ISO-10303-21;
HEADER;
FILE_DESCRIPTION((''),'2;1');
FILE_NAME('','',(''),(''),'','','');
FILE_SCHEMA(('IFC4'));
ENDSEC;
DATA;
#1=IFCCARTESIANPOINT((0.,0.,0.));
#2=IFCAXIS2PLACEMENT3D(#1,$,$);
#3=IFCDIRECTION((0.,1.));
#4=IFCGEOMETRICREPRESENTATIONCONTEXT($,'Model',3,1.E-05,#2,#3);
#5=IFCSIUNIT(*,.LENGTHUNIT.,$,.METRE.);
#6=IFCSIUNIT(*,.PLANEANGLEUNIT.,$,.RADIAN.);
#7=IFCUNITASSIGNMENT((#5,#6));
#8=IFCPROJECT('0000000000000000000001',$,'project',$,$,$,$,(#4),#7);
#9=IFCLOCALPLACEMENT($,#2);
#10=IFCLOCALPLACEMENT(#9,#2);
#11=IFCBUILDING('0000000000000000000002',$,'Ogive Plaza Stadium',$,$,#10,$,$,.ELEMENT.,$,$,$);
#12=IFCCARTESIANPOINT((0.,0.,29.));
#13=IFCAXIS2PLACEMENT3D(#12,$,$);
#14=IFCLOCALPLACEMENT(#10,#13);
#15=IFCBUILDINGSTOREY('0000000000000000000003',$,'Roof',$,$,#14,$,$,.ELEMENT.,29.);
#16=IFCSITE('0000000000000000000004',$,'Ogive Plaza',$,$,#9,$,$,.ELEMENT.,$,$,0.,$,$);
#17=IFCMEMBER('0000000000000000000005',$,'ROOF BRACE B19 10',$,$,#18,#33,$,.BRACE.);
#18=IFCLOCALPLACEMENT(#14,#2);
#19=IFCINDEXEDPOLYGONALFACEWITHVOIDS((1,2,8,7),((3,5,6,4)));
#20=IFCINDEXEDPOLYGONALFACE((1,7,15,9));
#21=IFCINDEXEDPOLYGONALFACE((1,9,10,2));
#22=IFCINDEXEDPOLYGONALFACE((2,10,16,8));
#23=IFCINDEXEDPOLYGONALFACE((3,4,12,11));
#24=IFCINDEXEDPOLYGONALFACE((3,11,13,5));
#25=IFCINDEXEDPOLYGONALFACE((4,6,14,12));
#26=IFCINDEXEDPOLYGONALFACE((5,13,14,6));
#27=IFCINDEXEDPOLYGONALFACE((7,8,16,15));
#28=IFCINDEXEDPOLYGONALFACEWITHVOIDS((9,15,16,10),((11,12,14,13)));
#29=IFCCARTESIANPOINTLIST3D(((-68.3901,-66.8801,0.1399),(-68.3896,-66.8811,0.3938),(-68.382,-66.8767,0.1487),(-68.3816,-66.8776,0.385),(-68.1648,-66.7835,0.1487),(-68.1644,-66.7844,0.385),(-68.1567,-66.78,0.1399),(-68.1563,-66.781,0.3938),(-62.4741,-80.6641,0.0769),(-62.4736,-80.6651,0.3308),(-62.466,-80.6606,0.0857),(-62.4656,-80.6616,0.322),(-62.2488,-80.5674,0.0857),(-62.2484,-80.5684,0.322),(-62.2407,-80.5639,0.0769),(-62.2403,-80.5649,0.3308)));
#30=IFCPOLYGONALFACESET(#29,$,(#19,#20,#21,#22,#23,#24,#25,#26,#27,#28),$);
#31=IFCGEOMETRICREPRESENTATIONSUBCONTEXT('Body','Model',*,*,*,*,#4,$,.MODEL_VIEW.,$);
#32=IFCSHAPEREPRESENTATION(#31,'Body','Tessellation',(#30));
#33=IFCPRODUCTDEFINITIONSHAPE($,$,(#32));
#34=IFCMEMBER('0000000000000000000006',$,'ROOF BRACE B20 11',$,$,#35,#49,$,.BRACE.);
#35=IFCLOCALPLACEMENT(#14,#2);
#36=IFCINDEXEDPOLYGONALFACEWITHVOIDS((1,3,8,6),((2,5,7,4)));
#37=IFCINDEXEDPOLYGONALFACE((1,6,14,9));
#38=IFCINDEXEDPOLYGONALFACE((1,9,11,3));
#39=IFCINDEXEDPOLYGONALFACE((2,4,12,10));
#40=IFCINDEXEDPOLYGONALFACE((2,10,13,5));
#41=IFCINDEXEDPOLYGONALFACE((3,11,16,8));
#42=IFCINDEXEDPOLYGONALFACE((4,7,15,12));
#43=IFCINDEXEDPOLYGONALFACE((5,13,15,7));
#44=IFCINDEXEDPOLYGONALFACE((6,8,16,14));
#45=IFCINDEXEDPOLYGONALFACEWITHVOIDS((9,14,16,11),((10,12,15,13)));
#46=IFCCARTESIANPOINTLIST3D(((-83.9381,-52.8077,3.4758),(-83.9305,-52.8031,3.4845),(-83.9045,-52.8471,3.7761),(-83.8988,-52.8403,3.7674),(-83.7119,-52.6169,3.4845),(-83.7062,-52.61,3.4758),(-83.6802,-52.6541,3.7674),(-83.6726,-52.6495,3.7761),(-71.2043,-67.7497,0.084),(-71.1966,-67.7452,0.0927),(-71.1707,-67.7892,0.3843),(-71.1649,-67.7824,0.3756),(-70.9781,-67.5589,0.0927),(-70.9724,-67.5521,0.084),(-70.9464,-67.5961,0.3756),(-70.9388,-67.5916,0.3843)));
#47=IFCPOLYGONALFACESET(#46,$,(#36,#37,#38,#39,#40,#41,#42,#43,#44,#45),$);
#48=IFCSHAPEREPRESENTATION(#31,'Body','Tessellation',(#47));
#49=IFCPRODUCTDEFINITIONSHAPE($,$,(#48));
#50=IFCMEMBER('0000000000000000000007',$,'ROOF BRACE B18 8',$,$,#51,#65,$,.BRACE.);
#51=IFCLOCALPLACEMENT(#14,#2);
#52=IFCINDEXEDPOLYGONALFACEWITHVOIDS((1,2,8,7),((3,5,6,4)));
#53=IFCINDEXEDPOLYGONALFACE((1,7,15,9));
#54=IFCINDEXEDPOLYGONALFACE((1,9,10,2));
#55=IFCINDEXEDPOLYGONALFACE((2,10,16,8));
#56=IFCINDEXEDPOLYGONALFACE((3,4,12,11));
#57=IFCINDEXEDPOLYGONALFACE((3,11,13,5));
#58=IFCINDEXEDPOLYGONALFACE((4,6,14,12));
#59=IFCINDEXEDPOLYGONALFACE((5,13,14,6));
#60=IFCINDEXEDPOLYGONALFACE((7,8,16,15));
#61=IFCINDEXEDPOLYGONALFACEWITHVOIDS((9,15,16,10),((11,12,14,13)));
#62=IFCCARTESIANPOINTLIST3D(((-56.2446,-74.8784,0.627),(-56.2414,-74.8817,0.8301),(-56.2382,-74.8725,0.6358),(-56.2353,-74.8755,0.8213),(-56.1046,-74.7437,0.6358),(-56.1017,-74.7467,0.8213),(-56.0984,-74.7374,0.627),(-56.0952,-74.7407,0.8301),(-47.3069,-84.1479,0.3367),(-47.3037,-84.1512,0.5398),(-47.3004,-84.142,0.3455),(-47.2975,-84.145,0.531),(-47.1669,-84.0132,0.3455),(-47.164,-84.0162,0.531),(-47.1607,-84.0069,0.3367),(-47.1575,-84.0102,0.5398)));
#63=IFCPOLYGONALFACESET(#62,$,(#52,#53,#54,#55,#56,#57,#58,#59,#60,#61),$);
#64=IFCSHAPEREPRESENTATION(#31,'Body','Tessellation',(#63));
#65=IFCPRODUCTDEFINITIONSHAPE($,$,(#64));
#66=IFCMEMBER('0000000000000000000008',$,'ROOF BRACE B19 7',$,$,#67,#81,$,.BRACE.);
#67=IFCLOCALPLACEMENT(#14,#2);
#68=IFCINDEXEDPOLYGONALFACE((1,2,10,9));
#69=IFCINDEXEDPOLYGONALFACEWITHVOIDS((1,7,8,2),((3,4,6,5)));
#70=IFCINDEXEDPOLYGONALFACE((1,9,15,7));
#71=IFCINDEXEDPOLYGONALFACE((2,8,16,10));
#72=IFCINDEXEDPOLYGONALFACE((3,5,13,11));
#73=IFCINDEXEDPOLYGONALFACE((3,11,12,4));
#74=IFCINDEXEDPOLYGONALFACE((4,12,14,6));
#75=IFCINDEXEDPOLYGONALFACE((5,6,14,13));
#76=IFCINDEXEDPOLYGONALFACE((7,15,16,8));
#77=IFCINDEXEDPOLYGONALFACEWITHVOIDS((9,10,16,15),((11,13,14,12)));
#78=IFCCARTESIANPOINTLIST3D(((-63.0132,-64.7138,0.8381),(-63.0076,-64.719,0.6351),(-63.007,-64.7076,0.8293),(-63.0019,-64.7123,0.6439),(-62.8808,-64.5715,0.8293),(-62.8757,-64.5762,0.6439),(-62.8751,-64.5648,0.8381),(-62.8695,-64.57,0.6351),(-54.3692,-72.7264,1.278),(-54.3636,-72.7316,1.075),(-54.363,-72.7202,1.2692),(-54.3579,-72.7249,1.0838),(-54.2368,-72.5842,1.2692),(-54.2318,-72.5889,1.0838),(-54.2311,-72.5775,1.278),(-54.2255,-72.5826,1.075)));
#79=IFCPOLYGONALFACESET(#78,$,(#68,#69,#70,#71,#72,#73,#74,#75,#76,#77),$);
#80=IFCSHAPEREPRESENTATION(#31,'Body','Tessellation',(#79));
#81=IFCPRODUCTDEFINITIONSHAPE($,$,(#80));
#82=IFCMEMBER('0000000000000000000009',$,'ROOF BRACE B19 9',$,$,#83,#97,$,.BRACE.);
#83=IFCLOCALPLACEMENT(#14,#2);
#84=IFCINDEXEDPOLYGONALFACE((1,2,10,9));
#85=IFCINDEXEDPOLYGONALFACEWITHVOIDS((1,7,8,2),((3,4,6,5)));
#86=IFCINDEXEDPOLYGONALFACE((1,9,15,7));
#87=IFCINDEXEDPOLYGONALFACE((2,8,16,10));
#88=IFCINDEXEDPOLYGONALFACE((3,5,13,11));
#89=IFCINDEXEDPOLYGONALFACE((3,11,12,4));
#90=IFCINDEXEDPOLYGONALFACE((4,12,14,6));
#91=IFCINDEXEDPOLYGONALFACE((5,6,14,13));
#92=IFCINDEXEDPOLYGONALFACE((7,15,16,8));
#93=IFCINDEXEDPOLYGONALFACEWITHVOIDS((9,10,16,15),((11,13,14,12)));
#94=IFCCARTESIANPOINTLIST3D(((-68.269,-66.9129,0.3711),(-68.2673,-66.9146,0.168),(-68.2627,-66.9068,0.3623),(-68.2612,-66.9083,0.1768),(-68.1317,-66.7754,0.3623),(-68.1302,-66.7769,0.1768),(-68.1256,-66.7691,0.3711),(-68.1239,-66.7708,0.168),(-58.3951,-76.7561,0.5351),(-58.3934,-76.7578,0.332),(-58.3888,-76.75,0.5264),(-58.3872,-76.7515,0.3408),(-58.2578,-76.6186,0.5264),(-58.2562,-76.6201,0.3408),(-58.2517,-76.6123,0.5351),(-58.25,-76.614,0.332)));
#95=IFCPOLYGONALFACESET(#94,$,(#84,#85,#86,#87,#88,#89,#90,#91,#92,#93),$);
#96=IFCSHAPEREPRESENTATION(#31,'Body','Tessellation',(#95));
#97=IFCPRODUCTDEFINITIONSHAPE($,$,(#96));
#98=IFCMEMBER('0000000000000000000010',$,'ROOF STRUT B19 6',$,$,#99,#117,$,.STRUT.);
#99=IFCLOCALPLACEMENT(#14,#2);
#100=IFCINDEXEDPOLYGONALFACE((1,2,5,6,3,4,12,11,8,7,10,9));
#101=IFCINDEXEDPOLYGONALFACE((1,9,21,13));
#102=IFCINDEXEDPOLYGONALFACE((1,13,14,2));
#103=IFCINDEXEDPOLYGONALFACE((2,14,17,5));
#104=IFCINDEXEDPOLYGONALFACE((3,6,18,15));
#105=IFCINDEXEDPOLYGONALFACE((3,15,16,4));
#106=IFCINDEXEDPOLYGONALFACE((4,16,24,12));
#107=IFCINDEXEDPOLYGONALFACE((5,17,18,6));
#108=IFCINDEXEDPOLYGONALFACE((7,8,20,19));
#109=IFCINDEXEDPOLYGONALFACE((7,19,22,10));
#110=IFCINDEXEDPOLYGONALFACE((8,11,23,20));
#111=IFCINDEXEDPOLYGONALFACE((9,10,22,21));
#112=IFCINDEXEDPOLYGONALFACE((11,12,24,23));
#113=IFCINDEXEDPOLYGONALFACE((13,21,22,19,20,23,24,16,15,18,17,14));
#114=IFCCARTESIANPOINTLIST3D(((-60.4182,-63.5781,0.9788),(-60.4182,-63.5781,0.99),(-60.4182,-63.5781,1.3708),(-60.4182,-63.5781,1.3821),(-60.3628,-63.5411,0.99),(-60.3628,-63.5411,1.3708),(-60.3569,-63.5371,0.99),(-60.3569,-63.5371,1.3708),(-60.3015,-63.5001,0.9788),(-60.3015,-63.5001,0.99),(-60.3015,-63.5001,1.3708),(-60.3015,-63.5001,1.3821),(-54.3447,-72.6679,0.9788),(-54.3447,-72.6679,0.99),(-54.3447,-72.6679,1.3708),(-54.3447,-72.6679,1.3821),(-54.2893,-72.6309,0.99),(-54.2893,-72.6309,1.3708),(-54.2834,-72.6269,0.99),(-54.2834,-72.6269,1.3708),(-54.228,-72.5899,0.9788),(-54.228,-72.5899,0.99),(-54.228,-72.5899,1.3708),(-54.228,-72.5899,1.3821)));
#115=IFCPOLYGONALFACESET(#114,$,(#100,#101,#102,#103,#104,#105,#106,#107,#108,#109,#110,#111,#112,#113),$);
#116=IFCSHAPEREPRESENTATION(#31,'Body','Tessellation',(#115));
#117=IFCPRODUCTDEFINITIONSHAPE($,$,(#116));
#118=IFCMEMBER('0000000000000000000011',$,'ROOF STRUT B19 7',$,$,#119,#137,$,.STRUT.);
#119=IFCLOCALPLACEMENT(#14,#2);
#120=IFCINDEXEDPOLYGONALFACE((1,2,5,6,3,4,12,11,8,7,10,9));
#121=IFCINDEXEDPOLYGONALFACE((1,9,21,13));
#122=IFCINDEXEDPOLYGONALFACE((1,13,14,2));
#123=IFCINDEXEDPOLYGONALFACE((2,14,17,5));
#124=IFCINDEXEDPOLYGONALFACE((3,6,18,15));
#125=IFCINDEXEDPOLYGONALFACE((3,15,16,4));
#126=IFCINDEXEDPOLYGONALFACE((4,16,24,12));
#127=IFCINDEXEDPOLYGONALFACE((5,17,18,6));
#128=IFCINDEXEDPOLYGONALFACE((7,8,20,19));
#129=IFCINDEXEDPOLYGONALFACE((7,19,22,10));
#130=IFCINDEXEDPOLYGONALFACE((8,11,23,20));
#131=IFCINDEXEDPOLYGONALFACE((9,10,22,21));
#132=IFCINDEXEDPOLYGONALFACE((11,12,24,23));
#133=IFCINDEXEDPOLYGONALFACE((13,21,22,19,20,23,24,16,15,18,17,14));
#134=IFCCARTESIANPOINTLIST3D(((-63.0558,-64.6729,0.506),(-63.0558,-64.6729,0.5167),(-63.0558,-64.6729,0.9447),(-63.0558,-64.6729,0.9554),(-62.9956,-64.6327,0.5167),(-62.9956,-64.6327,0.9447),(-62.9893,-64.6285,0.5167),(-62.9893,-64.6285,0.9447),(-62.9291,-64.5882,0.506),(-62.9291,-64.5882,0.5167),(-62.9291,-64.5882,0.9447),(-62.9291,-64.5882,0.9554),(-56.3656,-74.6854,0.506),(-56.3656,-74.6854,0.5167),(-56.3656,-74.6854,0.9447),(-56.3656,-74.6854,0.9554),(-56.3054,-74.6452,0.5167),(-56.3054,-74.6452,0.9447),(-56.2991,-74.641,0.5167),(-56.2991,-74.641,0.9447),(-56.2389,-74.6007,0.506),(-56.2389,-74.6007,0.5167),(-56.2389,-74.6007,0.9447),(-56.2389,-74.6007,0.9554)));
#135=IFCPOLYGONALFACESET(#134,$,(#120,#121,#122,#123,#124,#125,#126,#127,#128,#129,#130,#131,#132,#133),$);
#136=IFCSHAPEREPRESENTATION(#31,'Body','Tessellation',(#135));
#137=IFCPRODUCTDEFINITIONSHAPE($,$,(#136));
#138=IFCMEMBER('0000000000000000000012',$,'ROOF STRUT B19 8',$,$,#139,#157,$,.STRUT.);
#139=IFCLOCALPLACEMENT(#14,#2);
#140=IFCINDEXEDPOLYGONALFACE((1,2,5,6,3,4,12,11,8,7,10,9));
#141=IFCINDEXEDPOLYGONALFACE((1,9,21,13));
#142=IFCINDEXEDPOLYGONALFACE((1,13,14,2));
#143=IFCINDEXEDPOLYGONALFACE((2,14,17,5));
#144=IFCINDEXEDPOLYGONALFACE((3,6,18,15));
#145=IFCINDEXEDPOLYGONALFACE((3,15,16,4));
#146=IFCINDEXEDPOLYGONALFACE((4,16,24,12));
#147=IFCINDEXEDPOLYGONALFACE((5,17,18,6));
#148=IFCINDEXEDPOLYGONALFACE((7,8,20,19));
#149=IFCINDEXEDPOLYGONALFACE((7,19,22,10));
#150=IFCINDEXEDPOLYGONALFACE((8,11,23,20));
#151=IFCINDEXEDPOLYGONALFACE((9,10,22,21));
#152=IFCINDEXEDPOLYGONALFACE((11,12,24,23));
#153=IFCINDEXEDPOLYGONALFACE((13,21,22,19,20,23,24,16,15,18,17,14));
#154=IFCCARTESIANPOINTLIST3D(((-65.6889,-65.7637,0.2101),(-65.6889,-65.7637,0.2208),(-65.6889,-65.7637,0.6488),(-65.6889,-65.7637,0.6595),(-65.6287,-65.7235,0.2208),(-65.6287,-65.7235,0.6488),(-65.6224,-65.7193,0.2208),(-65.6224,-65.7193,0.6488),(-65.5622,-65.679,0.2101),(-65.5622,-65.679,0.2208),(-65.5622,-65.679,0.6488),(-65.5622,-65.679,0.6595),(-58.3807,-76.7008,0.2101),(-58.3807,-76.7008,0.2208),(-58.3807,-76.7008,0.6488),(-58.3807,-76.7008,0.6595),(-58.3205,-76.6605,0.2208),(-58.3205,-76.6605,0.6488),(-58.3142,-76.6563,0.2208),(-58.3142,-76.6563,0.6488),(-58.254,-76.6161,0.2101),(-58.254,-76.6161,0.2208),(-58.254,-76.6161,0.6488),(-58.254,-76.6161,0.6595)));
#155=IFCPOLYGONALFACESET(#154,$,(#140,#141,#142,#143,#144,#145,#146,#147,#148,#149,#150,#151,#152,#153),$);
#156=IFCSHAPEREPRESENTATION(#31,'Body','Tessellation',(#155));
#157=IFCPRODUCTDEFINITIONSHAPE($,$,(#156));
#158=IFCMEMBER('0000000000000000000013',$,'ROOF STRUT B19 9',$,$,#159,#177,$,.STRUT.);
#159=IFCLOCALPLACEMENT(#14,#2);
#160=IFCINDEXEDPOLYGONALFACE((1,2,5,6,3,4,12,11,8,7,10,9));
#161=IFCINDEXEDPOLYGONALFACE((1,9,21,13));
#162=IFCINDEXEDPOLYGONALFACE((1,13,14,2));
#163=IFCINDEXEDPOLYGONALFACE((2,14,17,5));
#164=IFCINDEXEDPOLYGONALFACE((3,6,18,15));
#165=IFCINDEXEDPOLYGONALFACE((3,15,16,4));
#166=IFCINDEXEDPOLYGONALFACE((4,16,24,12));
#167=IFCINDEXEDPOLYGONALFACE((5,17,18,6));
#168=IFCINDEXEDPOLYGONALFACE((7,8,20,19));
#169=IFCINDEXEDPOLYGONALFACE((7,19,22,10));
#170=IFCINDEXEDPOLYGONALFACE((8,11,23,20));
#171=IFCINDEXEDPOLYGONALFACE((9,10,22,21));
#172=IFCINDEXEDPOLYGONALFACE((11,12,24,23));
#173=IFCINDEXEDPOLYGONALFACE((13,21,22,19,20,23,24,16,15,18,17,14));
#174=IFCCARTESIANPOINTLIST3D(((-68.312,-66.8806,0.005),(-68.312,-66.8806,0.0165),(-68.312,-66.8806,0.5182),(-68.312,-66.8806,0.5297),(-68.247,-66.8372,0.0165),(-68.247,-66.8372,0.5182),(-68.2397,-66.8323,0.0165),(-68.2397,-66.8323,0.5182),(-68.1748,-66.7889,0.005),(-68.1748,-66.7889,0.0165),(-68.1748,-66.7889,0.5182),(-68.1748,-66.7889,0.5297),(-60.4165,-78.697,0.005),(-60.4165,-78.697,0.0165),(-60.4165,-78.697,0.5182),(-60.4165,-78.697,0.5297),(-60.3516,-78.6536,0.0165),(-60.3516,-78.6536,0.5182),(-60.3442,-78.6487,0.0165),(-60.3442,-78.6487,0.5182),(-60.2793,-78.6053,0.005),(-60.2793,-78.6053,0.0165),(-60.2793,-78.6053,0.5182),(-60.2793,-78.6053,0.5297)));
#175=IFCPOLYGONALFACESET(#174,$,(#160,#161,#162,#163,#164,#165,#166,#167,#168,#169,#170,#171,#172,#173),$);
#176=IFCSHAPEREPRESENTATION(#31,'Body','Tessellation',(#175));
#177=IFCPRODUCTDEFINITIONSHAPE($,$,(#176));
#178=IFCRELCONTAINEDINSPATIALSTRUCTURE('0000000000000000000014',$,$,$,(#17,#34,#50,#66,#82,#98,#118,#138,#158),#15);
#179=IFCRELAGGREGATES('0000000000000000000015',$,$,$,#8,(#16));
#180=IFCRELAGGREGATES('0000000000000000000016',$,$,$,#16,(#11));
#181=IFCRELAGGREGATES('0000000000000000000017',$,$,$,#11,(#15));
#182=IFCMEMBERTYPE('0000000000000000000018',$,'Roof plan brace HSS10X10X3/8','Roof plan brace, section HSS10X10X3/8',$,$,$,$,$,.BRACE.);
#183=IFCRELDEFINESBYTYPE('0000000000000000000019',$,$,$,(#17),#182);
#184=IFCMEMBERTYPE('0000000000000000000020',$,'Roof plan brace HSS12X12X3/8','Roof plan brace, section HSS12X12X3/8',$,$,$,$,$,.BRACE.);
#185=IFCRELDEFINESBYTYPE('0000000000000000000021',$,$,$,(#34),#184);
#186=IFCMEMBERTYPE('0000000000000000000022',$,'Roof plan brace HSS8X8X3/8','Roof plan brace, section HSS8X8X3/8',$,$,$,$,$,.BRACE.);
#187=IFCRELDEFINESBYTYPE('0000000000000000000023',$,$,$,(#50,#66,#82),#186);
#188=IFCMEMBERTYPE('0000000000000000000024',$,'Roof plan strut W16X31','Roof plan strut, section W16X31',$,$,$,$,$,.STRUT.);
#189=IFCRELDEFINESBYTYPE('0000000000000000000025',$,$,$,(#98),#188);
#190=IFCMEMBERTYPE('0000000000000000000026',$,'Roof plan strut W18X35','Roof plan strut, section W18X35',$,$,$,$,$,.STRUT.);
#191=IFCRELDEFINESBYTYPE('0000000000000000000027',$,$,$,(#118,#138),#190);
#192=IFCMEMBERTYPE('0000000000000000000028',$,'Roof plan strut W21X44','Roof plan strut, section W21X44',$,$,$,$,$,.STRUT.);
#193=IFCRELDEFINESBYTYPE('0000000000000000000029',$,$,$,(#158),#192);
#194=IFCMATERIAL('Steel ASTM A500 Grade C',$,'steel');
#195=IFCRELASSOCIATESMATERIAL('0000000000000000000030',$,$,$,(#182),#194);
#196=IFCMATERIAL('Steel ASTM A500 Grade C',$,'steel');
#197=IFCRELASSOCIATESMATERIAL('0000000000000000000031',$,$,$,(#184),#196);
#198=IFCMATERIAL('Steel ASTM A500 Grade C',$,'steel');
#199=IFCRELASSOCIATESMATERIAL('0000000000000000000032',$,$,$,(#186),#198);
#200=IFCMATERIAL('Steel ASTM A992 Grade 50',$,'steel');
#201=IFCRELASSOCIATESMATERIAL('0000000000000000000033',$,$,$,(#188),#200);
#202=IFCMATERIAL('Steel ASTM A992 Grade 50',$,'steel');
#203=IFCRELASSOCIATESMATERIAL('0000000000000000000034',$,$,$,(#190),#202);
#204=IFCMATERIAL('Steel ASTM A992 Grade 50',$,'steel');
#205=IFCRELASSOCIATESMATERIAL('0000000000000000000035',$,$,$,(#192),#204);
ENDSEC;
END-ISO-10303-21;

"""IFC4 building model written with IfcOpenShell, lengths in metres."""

from ifc_helpers import new_model, si_unit, direction, frame, origin, origin_2d, place, context, subcontext, project, spatial, hollow_rectangle, i_section, extrude, material, material_profile, profile_set, type_object, element, save


model = new_model("IFC4")

# Units and contexts
model_context = context("Model", 3, precision=1e-05, world=origin(), true_north=direction((0.0, 1.0)))
body_context = subcontext(model_context, "Body", "Model", "MODEL_VIEW")
ifc_project = project(units=[si_unit("LENGTHUNIT", "METRE"), si_unit("PLANEANGLEUNIT", "RADIAN")], contexts=[model_context])

# Site, building, storey
site_placement = place(None, origin())
site = spatial("IfcSite", under=ifc_project, at=site_placement, Name="Ogive Plaza", CompositionType="ELEMENT", RefElevation=0.0)
building_placement = place(site_placement, origin())
building = spatial("IfcBuilding", under=site, at=building_placement, Name="Ogive Plaza Stadium", CompositionType="ELEMENT")
storey_placement = place(building_placement, frame((0.0, 0.0, 29.0)))
storey = spatial("IfcBuildingStorey", under=building, at=storey_placement, Name="Roof", CompositionType="ELEMENT", Elevation=29.0)

# Members
ifc_material_1 = material(Name="Steel ASTM A500 Grade C", Category="steel")
ifc_material_profile_1 = material_profile(ifc_material_1, hollow_rectangle(XDim=0.2539, YDim=0.2539, WallThickness=0.0088, at=origin_2d()), Name="HSS10X10X3/8")
ifc_profile_set_1 = profile_set([ifc_material_profile_1], Name="Steel ASTM A500 Grade C")
member_type_1 = type_object("IfcMemberType", Name="Roof plan brace HSS10X10X3/8", Description="Roof plan brace, section HSS10X10X3/8", PredefinedType="BRACE", material=ifc_profile_set_1)
member_1_placement = place(storey_placement, frame((-68.2732, -66.8306, 0.2668), z_axis=(0.394401, -0.918929, -0.004199), x_axis=(0.918937, 0.394404, 0.0)))
element("IfcMember", 1, at=member_1_placement, inside=storey, type_object=member_type_1, Name="ROOF BRACE B19 10", PredefinedType="BRACE", context=body_context, shape_type="SweptSolid", body=[
    extrude(hollow_rectangle(XDim=0.2539, YDim=0.2539, WallThickness=0.0088, at=origin_2d()), origin(), (0.0, 0.0, 1.0), 15.0),
])
ifc_material_2 = material(Name="Steel ASTM A500 Grade C", Category="steel")
ifc_material_profile_2 = material_profile(ifc_material_2, hollow_rectangle(XDim=0.3047, YDim=0.3047, WallThickness=0.0088, at=origin_2d()), Name="HSS12X12X3/8")
ifc_profile_set_2 = profile_set([ifc_material_profile_2], Name="Steel ASTM A500 Grade C")
member_type_2 = type_object("IfcMemberType", Name="Roof plan brace HSS12X12X3/8", Description="Roof plan brace, section HSS12X12X3/8", PredefinedType="BRACE", material=ifc_profile_set_2)
member_2_placement = place(storey_placement, frame((-71.0715, -67.6707, 0.2341), z_axis=(-0.639157, 0.749996, 0.170248), x_axis=(-0.761107, -0.648626, 0.0)))
element("IfcMember", 2, at=member_2_placement, inside=storey, type_object=member_type_2, Name="ROOF BRACE B20 11", PredefinedType="BRACE", context=body_context, shape_type="SweptSolid", body=[
    extrude(hollow_rectangle(XDim=0.3047, YDim=0.3047, WallThickness=0.0088, at=origin_2d()), origin(), (0.0, 0.0, 1.0), 19.9229),
])
ifc_material_3 = material(Name="Steel ASTM A500 Grade C", Category="steel")
ifc_material_profile_3 = material_profile(ifc_material_3, hollow_rectangle(XDim=0.2031, YDim=0.2031, WallThickness=0.0088, at=origin_2d()), Name="HSS8X8X3/8")
ifc_profile_set_3 = profile_set([ifc_material_profile_3], Name="Steel ASTM A500 Grade C")
member_type_3 = type_object("IfcMemberType", Name="Roof plan brace HSS8X8X3/8", Description="Roof plan brace, section HSS8X8X3/8", PredefinedType="BRACE", material=ifc_profile_set_3)
member_3_placement = place(storey_placement, frame((-56.1699, -74.8096, 0.7285), z_axis=(0.69393, -0.71969, -0.022538), x_axis=(0.719873, 0.694106, 0.0)))
element("IfcMember", 3, at=member_3_placement, inside=storey, type_object=member_type_3, Name="ROOF BRACE B18 8", PredefinedType="BRACE", context=body_context, shape_type="SweptSolid", body=[
    extrude(hollow_rectangle(XDim=0.2031, YDim=0.2031, WallThickness=0.0088, at=origin_2d()), origin(), (0.0, 0.0, 1.0), 12.8799),
])
member_4_placement = place(storey_placement, frame((-54.2974, -72.6545, 1.1765), z_axis=(-0.732872, 0.679344, -0.0373), x_axis=(-0.679817, -0.733382, 0.0)))
element("IfcMember", 4, at=member_4_placement, inside=storey, type_object=member_type_3, Name="ROOF BRACE B19 7", PredefinedType="BRACE", context=body_context, shape_type="SweptSolid", body=[
    extrude(hollow_rectangle(XDim=0.2031, YDim=0.2031, WallThickness=0.0088, at=origin_2d()), origin(), (0.0, 0.0, 1.0), 11.7947),
])
member_5_placement = place(storey_placement, frame((-58.3225, -76.6851, 0.4336), z_axis=(-0.70816, 0.705954, -0.011766), x_axis=(-0.706003, -0.708209, 0.0)))
element("IfcMember", 5, at=member_5_placement, inside=storey, type_object=member_type_3, Name="ROOF BRACE B19 9", PredefinedType="BRACE", context=body_context, shape_type="SweptSolid", body=[
    extrude(hollow_rectangle(XDim=0.2031, YDim=0.2031, WallThickness=0.0088, at=origin_2d()), origin(), (0.0, 0.0, 1.0), 13.9431),
])
ifc_material_4 = material(Name="Steel ASTM A992 Grade 50", Category="steel")
ifc_material_profile_4 = material_profile(ifc_material_4, i_section(OverallWidth=0.1404, OverallDepth=0.4033, WebThickness=0.0071, FlangeThickness=0.0112, at=origin_2d()), Name="W16X31")
ifc_profile_set_4 = profile_set([ifc_material_profile_4], Name="Steel ASTM A992 Grade 50")
member_type_4 = type_object("IfcMemberType", Name="Roof plan strut W16X31", Description="Roof plan strut, section W16X31", PredefinedType="STRUT", material=ifc_profile_set_4)
member_6_placement = place(storey_placement, frame((-54.2864, -72.6289, 1.1804), z_axis=(-0.555561, 0.831476, 0.0), x_axis=(-0.831476, -0.555561, 0.0)))
element("IfcMember", 6, at=member_6_placement, inside=storey, type_object=member_type_4, Name="ROOF STRUT B19 6", PredefinedType="STRUT", context=body_context, shape_type="SweptSolid", body=[
    extrude(i_section(OverallWidth=0.1404, OverallDepth=0.4033, WebThickness=0.0071, FlangeThickness=0.0112, at=origin_2d()), origin(), (0.0, 0.0, 1.0), 10.9321),
])
ifc_material_5 = material(Name="Steel ASTM A992 Grade 50", Category="steel")
ifc_material_profile_5 = material_profile(ifc_material_5, i_section(OverallWidth=0.1523, OverallDepth=0.4495, WebThickness=0.0076, FlangeThickness=0.0107, at=origin_2d()), Name="W18X35")
ifc_profile_set_5 = profile_set([ifc_material_profile_5], Name="Steel ASTM A992 Grade 50")
member_type_5 = type_object("IfcMemberType", Name="Roof plan strut W18X35", Description="Roof plan strut, section W18X35", PredefinedType="STRUT", material=ifc_profile_set_5)
member_7_placement = place(storey_placement, frame((-56.3022, -74.6431, 0.7307), z_axis=(-0.555575, 0.831467, 0.0), x_axis=(-0.831467, -0.555575, 0.0)))
element("IfcMember", 7, at=member_7_placement, inside=storey, type_object=member_type_5, Name="ROOF STRUT B19 7", PredefinedType="STRUT", context=body_context, shape_type="SweptSolid", body=[
    extrude(i_section(OverallWidth=0.1523, OverallDepth=0.4495, WebThickness=0.0076, FlangeThickness=0.0107, at=origin_2d()), origin(), (0.0, 0.0, 1.0), 12.042),
])
member_8_placement = place(storey_placement, frame((-58.3174, -76.6584, 0.4348), z_axis=(-0.555582, 0.831462, 0.0), x_axis=(-0.831462, -0.555582, 0.0)))
element("IfcMember", 8, at=member_8_placement, inside=storey, type_object=member_type_5, Name="ROOF STRUT B19 8", PredefinedType="STRUT", context=body_context, shape_type="SweptSolid", body=[
    extrude(i_section(OverallWidth=0.1523, OverallDepth=0.4495, WebThickness=0.0076, FlangeThickness=0.0107, at=origin_2d()), origin(), (0.0, 0.0, 1.0), 13.1541),
])
ifc_material_6 = material(Name="Steel ASTM A992 Grade 50", Category="steel")
ifc_material_profile_6 = material_profile(ifc_material_6, i_section(OverallWidth=0.165, OverallDepth=0.5247, WebThickness=0.0088, FlangeThickness=0.0115, at=origin_2d()), Name="W21X44")
ifc_profile_set_6 = profile_set([ifc_material_profile_6], Name="Steel ASTM A992 Grade 50")
member_type_6 = type_object("IfcMemberType", Name="Roof plan strut W21X44", Description="Roof plan strut, section W21X44", PredefinedType="STRUT", material=ifc_profile_set_6)
member_9_placement = place(storey_placement, frame((-60.3479, -78.6511, 0.2673), z_axis=(-0.555572, 0.831468, 0.0), x_axis=(-0.831468, -0.555572, 0.0)))
element("IfcMember", 9, at=member_9_placement, inside=storey, type_object=member_type_6, Name="ROOF STRUT B19 9", PredefinedType="STRUT", context=body_context, shape_type="SweptSolid", body=[
    extrude(i_section(OverallWidth=0.165, OverallDepth=0.5247, WebThickness=0.0088, FlangeThickness=0.0115, at=origin_2d()), origin(), (0.0, 0.0, 1.0), 14.2114),
])

save(model, "model.ifc")
